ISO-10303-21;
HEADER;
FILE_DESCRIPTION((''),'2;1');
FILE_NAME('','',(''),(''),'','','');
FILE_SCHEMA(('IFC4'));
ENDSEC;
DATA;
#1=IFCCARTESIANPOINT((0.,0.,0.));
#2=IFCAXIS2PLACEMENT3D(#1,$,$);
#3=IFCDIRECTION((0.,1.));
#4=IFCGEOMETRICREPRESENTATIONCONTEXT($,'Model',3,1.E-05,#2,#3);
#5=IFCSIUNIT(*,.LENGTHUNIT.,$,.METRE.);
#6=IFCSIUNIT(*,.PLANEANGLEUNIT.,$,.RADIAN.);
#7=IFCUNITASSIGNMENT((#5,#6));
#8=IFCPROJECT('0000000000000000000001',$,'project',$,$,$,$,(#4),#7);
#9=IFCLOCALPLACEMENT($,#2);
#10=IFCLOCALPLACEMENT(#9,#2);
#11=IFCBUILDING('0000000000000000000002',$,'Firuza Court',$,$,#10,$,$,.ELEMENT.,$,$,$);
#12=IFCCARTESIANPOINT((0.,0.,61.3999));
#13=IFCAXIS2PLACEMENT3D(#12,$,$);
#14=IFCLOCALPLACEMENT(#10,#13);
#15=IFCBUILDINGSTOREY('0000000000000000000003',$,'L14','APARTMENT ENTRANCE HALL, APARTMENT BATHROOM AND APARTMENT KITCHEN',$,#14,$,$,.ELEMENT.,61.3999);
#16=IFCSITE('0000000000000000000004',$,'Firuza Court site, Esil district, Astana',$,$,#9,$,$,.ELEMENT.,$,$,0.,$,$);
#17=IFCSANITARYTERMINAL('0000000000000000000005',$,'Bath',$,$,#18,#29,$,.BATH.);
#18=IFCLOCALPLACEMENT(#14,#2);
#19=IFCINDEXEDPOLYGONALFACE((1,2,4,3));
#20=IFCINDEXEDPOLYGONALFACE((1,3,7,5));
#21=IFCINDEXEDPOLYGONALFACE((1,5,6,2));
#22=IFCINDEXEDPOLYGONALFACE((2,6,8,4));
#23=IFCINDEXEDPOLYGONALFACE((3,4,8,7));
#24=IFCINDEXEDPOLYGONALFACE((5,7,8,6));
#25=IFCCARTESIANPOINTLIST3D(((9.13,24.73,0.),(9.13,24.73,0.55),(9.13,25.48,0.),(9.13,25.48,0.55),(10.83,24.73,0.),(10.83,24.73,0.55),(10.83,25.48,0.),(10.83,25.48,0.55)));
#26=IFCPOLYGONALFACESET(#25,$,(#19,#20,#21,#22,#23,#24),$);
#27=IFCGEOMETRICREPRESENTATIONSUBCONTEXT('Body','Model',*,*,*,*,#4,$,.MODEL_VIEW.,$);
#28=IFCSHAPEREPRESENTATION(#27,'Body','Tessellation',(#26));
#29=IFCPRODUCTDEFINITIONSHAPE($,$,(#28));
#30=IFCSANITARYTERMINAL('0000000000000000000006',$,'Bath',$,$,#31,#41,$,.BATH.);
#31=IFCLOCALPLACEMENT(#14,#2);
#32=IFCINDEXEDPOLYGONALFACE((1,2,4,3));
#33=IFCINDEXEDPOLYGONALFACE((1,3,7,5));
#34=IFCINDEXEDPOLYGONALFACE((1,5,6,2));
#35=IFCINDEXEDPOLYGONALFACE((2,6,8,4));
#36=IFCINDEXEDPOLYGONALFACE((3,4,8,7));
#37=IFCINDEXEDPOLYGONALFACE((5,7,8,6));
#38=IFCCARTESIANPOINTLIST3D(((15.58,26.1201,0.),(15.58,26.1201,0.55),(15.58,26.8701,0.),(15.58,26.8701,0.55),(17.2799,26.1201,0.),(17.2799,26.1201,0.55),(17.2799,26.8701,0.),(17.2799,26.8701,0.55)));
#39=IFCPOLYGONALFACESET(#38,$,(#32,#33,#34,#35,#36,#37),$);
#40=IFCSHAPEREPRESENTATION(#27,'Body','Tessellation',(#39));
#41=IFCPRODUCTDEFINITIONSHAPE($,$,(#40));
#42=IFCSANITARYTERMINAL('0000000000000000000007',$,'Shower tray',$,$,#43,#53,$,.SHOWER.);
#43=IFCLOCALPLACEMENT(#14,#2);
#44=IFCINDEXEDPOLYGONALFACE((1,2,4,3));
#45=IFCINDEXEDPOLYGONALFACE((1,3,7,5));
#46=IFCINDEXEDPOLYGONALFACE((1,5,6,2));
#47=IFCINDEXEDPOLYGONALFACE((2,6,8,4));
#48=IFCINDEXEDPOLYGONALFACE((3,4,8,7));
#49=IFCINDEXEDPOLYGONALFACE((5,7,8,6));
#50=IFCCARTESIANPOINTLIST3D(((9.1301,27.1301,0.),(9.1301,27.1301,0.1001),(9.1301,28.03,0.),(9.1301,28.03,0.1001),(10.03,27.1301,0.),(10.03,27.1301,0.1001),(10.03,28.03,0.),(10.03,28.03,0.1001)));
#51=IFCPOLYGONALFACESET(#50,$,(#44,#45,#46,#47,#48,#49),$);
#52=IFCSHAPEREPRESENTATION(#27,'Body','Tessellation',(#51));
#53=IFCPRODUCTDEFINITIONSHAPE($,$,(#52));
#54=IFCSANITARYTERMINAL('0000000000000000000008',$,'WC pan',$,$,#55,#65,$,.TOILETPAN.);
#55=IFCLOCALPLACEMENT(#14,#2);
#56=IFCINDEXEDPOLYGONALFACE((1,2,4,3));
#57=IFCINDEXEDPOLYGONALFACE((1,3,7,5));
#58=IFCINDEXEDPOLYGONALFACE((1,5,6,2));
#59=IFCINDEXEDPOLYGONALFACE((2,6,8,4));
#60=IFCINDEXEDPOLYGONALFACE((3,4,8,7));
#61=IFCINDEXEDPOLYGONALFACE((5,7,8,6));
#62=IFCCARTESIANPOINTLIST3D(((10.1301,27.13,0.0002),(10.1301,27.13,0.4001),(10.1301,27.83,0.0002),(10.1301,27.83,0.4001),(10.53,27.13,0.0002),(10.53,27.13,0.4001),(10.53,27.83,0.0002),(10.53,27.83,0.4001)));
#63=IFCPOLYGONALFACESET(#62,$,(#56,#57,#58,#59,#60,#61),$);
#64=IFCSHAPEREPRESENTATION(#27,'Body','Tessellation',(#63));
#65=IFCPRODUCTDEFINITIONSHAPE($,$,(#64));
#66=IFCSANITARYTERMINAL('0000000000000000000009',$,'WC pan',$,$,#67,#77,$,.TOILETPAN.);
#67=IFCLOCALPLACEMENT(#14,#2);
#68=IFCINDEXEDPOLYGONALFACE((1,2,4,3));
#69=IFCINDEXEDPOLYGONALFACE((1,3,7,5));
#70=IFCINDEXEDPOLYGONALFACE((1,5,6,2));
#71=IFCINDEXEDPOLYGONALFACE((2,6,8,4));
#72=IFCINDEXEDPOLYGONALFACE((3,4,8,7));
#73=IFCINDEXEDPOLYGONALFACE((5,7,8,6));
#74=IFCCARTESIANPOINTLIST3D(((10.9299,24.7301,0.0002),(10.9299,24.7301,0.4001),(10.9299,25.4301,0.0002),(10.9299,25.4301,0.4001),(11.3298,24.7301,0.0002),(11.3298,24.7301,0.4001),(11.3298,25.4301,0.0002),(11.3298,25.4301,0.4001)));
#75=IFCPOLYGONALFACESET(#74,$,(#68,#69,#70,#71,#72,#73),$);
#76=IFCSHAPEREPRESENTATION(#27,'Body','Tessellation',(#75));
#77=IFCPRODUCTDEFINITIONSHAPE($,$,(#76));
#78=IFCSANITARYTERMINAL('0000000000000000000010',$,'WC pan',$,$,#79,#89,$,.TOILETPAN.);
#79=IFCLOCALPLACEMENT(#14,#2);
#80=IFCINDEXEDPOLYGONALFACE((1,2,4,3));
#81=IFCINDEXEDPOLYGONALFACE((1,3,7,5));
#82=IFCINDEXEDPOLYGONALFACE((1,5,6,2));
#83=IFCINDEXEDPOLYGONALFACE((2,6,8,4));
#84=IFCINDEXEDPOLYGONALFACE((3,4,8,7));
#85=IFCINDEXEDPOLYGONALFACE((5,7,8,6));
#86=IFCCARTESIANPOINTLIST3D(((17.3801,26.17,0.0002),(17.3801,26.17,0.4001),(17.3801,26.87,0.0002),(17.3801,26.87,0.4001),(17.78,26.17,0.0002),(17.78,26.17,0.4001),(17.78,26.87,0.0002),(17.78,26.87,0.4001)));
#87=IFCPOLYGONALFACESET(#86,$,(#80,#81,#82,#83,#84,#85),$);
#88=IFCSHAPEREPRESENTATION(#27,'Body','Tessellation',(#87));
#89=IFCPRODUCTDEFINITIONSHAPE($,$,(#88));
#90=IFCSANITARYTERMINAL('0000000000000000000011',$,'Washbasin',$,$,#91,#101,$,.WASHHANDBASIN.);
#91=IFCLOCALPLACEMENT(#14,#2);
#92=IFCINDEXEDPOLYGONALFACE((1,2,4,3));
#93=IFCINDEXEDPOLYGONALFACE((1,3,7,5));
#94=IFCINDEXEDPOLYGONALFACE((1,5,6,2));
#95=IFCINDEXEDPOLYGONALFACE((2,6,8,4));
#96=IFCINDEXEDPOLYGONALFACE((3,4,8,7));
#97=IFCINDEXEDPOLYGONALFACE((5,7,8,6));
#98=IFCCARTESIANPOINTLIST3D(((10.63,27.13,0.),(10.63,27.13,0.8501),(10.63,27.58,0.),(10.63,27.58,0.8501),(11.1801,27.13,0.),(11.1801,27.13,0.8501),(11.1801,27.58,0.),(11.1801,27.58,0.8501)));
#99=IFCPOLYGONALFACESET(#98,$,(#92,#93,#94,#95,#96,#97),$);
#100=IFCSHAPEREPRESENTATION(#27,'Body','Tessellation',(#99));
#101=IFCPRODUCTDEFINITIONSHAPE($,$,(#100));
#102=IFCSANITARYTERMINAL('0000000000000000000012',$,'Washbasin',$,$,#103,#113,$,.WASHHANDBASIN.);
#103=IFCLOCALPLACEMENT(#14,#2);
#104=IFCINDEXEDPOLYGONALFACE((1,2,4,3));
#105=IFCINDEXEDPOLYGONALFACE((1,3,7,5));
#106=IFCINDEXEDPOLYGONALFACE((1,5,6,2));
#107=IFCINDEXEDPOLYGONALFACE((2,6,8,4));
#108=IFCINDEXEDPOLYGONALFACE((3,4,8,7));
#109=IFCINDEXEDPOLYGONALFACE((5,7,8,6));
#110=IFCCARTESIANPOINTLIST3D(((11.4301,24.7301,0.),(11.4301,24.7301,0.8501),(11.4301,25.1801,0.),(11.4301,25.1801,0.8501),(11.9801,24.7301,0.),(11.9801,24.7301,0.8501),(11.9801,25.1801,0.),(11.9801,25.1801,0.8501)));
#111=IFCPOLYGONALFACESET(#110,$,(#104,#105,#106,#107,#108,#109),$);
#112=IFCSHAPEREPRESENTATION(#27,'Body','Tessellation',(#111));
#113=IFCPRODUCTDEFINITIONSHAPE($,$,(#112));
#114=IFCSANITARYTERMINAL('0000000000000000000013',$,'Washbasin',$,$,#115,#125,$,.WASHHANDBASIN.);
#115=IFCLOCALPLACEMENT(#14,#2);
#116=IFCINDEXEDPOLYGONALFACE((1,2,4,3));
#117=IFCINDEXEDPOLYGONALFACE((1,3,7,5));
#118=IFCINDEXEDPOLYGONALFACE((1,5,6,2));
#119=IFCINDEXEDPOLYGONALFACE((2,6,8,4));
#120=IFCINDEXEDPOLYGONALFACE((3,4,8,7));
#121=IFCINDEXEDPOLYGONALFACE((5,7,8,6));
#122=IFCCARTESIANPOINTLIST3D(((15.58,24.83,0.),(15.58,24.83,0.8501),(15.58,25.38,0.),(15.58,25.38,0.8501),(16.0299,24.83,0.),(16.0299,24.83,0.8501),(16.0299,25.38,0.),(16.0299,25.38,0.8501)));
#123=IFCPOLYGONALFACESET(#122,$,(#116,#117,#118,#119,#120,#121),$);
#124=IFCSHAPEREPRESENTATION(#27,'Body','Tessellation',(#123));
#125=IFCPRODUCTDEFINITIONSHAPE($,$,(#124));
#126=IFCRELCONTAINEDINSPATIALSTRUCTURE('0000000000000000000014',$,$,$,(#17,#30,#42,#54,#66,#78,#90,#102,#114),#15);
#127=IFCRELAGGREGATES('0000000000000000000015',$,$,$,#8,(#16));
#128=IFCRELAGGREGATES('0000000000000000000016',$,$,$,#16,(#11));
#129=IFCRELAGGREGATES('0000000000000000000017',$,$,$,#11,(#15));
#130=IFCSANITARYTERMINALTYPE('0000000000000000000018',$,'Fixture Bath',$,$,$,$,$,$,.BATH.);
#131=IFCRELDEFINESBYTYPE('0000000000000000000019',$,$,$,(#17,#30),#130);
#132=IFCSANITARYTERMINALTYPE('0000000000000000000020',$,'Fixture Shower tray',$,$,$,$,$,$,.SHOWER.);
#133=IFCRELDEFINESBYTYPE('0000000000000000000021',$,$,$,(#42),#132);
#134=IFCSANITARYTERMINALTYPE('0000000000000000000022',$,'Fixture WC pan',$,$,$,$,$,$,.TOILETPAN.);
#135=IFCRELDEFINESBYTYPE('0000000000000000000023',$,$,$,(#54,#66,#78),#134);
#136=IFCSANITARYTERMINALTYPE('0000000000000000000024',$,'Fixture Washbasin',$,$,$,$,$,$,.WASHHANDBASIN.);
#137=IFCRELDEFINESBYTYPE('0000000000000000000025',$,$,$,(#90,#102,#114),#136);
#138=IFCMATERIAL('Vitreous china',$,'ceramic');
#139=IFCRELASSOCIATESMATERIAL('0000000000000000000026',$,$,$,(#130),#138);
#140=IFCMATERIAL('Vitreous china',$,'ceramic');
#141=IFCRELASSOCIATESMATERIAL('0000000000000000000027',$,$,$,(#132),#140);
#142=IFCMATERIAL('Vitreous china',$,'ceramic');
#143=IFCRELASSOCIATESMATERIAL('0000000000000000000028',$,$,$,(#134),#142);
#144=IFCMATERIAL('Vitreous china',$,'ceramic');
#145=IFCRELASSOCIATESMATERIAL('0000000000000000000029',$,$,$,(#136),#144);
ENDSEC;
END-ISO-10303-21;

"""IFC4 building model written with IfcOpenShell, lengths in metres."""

from ifc_helpers import new_model, si_unit, direction, frame, origin, origin_2d, place, context, subcontext, project, spatial, rectangle, extrude, material, type_object, element, save


model = new_model("IFC4")

# Units and contexts
model_context = context("Model", 3, precision=1e-05, world=origin(), true_north=direction((0.0, 1.0)))
body_context = subcontext(model_context, "Body", "Model", "MODEL_VIEW")
ifc_project = project(units=[si_unit("LENGTHUNIT", "METRE"), si_unit("PLANEANGLEUNIT", "RADIAN")], contexts=[model_context])

# Site, building, storey
site_placement = place(None, origin())
site = spatial("IfcSite", under=ifc_project, at=site_placement, Name="Firuza Court site, Esil district, Astana", CompositionType="ELEMENT", RefElevation=0.0)
building_placement = place(site_placement, origin())
building = spatial("IfcBuilding", under=site, at=building_placement, Name="Firuza Court", CompositionType="ELEMENT")
storey_placement = place(building_placement, frame((0.0, 0.0, 61.3999)))
storey = spatial("IfcBuildingStorey", under=building, at=storey_placement, Name="L14", Description="APARTMENT ENTRANCE HALL, APARTMENT BATHROOM AND APARTMENT KITCHEN", CompositionType="ELEMENT", Elevation=61.3999)

# Sanitary terminals
ifc_material_1 = material(Name="Vitreous china", Category="ceramic")
sanitary_terminal_type_1 = type_object("IfcSanitaryTerminalType", Name="Fixture Bath", PredefinedType="BATH", material=ifc_material_1)
for number, where, z_axis, x_axis, name in (
    (1, (9.98, 25.105, 0.0), (0.0, 0.0, 1.0), (1.0, 0.0, 0.0), "Bath"),
    (2, (16.4299, 26.4951, 0.0), (0.0, 0.0, 1.0), (1.0, 0.0, 0.0), "Bath"),
):
    element("IfcSanitaryTerminal", number, at=place(storey_placement, frame(where, z_axis=z_axis, x_axis=x_axis)), inside=storey, type_object=sanitary_terminal_type_1, Name=name, PredefinedType="BATH", context=body_context, shape_type="SweptSolid", body=[
        extrude(rectangle(XDim=1.7, YDim=0.75, at=origin_2d()), origin(), (0.0, 0.0, 1.0), 0.55),
    ])
ifc_material_2 = material(Name="Vitreous china", Category="ceramic")
sanitary_terminal_type_2 = type_object("IfcSanitaryTerminalType", Name="Fixture Shower tray", PredefinedType="SHOWER", material=ifc_material_2)
sanitary_terminal_1_placement = place(storey_placement, frame((9.5801, 27.5801, 0.0), z_axis=(0.0, 0.0, 1.0), x_axis=(1.0, 0.0, 0.0)))
element("IfcSanitaryTerminal", 3, at=sanitary_terminal_1_placement, inside=storey, type_object=sanitary_terminal_type_2, Name="Shower tray", PredefinedType="SHOWER", context=body_context, shape_type="SweptSolid", body=[
    extrude(rectangle(XDim=0.8999, YDim=0.8999, at=origin_2d()), origin(), (0.0, 0.0, 1.0), 0.1001),
])
ifc_material_3 = material(Name="Vitreous china", Category="ceramic")
sanitary_terminal_type_3 = type_object("IfcSanitaryTerminalType", Name="Fixture WC pan", PredefinedType="TOILETPAN", material=ifc_material_3)
for number, where, z_axis, x_axis, name in (
    (4, (10.3301, 27.48, 0.0002), (0.0, 0.0, 1.0), (1.0, 0.0, 0.0), "WC pan"),
    (5, (11.1299, 25.0801, 0.0002), (0.0, 0.0, 1.0), (1.0, 0.0, 0.0), "WC pan"),
    (6, (17.5801, 26.52, 0.0002), (0.0, 0.0, 1.0), (1.0, 0.0, 0.0), "WC pan"),
):
    element("IfcSanitaryTerminal", number, at=place(storey_placement, frame(where, z_axis=z_axis, x_axis=x_axis)), inside=storey, type_object=sanitary_terminal_type_3, Name=name, PredefinedType="TOILETPAN", context=body_context, shape_type="SweptSolid", body=[
        extrude(rectangle(XDim=0.3999, YDim=0.7, at=origin_2d()), origin(), (0.0, 0.0, 1.0), 0.3999),
    ])
ifc_material_4 = material(Name="Vitreous china", Category="ceramic")
sanitary_terminal_type_4 = type_object("IfcSanitaryTerminalType", Name="Fixture Washbasin", PredefinedType="WASHHANDBASIN", material=ifc_material_4)
for number, where, z_axis, x_axis, name in (
    (7, (10.905, 27.355, 0.0), (0.0, 0.0, 1.0), (1.0, 0.0, 0.0), "Washbasin"),
    (8, (11.7051, 24.9551, 0.0), (0.0, 0.0, 1.0), (1.0, 0.0, 0.0), "Washbasin"),
):
    element("IfcSanitaryTerminal", number, at=place(storey_placement, frame(where, z_axis=z_axis, x_axis=x_axis)), inside=storey, type_object=sanitary_terminal_type_4, Name=name, PredefinedType="WASHHANDBASIN", context=body_context, shape_type="SweptSolid", body=[
        extrude(rectangle(XDim=0.55, YDim=0.45, at=origin_2d()), origin(), (0.0, 0.0, 1.0), 0.8501),
    ])
sanitary_terminal_2_placement = place(storey_placement, frame((15.8049, 25.105, 0.0), z_axis=(0.0, 0.0, 1.0), x_axis=(1.0, 0.0, 0.0)))
element("IfcSanitaryTerminal", 9, at=sanitary_terminal_2_placement, inside=storey, type_object=sanitary_terminal_type_4, Name="Washbasin", PredefinedType="WASHHANDBASIN", context=body_context, shape_type="SweptSolid", body=[
    extrude(rectangle(XDim=0.45, YDim=0.55, at=origin_2d()), origin(), (0.0, 0.0, 1.0), 0.8501),
])

save(model, "model.ifc")
